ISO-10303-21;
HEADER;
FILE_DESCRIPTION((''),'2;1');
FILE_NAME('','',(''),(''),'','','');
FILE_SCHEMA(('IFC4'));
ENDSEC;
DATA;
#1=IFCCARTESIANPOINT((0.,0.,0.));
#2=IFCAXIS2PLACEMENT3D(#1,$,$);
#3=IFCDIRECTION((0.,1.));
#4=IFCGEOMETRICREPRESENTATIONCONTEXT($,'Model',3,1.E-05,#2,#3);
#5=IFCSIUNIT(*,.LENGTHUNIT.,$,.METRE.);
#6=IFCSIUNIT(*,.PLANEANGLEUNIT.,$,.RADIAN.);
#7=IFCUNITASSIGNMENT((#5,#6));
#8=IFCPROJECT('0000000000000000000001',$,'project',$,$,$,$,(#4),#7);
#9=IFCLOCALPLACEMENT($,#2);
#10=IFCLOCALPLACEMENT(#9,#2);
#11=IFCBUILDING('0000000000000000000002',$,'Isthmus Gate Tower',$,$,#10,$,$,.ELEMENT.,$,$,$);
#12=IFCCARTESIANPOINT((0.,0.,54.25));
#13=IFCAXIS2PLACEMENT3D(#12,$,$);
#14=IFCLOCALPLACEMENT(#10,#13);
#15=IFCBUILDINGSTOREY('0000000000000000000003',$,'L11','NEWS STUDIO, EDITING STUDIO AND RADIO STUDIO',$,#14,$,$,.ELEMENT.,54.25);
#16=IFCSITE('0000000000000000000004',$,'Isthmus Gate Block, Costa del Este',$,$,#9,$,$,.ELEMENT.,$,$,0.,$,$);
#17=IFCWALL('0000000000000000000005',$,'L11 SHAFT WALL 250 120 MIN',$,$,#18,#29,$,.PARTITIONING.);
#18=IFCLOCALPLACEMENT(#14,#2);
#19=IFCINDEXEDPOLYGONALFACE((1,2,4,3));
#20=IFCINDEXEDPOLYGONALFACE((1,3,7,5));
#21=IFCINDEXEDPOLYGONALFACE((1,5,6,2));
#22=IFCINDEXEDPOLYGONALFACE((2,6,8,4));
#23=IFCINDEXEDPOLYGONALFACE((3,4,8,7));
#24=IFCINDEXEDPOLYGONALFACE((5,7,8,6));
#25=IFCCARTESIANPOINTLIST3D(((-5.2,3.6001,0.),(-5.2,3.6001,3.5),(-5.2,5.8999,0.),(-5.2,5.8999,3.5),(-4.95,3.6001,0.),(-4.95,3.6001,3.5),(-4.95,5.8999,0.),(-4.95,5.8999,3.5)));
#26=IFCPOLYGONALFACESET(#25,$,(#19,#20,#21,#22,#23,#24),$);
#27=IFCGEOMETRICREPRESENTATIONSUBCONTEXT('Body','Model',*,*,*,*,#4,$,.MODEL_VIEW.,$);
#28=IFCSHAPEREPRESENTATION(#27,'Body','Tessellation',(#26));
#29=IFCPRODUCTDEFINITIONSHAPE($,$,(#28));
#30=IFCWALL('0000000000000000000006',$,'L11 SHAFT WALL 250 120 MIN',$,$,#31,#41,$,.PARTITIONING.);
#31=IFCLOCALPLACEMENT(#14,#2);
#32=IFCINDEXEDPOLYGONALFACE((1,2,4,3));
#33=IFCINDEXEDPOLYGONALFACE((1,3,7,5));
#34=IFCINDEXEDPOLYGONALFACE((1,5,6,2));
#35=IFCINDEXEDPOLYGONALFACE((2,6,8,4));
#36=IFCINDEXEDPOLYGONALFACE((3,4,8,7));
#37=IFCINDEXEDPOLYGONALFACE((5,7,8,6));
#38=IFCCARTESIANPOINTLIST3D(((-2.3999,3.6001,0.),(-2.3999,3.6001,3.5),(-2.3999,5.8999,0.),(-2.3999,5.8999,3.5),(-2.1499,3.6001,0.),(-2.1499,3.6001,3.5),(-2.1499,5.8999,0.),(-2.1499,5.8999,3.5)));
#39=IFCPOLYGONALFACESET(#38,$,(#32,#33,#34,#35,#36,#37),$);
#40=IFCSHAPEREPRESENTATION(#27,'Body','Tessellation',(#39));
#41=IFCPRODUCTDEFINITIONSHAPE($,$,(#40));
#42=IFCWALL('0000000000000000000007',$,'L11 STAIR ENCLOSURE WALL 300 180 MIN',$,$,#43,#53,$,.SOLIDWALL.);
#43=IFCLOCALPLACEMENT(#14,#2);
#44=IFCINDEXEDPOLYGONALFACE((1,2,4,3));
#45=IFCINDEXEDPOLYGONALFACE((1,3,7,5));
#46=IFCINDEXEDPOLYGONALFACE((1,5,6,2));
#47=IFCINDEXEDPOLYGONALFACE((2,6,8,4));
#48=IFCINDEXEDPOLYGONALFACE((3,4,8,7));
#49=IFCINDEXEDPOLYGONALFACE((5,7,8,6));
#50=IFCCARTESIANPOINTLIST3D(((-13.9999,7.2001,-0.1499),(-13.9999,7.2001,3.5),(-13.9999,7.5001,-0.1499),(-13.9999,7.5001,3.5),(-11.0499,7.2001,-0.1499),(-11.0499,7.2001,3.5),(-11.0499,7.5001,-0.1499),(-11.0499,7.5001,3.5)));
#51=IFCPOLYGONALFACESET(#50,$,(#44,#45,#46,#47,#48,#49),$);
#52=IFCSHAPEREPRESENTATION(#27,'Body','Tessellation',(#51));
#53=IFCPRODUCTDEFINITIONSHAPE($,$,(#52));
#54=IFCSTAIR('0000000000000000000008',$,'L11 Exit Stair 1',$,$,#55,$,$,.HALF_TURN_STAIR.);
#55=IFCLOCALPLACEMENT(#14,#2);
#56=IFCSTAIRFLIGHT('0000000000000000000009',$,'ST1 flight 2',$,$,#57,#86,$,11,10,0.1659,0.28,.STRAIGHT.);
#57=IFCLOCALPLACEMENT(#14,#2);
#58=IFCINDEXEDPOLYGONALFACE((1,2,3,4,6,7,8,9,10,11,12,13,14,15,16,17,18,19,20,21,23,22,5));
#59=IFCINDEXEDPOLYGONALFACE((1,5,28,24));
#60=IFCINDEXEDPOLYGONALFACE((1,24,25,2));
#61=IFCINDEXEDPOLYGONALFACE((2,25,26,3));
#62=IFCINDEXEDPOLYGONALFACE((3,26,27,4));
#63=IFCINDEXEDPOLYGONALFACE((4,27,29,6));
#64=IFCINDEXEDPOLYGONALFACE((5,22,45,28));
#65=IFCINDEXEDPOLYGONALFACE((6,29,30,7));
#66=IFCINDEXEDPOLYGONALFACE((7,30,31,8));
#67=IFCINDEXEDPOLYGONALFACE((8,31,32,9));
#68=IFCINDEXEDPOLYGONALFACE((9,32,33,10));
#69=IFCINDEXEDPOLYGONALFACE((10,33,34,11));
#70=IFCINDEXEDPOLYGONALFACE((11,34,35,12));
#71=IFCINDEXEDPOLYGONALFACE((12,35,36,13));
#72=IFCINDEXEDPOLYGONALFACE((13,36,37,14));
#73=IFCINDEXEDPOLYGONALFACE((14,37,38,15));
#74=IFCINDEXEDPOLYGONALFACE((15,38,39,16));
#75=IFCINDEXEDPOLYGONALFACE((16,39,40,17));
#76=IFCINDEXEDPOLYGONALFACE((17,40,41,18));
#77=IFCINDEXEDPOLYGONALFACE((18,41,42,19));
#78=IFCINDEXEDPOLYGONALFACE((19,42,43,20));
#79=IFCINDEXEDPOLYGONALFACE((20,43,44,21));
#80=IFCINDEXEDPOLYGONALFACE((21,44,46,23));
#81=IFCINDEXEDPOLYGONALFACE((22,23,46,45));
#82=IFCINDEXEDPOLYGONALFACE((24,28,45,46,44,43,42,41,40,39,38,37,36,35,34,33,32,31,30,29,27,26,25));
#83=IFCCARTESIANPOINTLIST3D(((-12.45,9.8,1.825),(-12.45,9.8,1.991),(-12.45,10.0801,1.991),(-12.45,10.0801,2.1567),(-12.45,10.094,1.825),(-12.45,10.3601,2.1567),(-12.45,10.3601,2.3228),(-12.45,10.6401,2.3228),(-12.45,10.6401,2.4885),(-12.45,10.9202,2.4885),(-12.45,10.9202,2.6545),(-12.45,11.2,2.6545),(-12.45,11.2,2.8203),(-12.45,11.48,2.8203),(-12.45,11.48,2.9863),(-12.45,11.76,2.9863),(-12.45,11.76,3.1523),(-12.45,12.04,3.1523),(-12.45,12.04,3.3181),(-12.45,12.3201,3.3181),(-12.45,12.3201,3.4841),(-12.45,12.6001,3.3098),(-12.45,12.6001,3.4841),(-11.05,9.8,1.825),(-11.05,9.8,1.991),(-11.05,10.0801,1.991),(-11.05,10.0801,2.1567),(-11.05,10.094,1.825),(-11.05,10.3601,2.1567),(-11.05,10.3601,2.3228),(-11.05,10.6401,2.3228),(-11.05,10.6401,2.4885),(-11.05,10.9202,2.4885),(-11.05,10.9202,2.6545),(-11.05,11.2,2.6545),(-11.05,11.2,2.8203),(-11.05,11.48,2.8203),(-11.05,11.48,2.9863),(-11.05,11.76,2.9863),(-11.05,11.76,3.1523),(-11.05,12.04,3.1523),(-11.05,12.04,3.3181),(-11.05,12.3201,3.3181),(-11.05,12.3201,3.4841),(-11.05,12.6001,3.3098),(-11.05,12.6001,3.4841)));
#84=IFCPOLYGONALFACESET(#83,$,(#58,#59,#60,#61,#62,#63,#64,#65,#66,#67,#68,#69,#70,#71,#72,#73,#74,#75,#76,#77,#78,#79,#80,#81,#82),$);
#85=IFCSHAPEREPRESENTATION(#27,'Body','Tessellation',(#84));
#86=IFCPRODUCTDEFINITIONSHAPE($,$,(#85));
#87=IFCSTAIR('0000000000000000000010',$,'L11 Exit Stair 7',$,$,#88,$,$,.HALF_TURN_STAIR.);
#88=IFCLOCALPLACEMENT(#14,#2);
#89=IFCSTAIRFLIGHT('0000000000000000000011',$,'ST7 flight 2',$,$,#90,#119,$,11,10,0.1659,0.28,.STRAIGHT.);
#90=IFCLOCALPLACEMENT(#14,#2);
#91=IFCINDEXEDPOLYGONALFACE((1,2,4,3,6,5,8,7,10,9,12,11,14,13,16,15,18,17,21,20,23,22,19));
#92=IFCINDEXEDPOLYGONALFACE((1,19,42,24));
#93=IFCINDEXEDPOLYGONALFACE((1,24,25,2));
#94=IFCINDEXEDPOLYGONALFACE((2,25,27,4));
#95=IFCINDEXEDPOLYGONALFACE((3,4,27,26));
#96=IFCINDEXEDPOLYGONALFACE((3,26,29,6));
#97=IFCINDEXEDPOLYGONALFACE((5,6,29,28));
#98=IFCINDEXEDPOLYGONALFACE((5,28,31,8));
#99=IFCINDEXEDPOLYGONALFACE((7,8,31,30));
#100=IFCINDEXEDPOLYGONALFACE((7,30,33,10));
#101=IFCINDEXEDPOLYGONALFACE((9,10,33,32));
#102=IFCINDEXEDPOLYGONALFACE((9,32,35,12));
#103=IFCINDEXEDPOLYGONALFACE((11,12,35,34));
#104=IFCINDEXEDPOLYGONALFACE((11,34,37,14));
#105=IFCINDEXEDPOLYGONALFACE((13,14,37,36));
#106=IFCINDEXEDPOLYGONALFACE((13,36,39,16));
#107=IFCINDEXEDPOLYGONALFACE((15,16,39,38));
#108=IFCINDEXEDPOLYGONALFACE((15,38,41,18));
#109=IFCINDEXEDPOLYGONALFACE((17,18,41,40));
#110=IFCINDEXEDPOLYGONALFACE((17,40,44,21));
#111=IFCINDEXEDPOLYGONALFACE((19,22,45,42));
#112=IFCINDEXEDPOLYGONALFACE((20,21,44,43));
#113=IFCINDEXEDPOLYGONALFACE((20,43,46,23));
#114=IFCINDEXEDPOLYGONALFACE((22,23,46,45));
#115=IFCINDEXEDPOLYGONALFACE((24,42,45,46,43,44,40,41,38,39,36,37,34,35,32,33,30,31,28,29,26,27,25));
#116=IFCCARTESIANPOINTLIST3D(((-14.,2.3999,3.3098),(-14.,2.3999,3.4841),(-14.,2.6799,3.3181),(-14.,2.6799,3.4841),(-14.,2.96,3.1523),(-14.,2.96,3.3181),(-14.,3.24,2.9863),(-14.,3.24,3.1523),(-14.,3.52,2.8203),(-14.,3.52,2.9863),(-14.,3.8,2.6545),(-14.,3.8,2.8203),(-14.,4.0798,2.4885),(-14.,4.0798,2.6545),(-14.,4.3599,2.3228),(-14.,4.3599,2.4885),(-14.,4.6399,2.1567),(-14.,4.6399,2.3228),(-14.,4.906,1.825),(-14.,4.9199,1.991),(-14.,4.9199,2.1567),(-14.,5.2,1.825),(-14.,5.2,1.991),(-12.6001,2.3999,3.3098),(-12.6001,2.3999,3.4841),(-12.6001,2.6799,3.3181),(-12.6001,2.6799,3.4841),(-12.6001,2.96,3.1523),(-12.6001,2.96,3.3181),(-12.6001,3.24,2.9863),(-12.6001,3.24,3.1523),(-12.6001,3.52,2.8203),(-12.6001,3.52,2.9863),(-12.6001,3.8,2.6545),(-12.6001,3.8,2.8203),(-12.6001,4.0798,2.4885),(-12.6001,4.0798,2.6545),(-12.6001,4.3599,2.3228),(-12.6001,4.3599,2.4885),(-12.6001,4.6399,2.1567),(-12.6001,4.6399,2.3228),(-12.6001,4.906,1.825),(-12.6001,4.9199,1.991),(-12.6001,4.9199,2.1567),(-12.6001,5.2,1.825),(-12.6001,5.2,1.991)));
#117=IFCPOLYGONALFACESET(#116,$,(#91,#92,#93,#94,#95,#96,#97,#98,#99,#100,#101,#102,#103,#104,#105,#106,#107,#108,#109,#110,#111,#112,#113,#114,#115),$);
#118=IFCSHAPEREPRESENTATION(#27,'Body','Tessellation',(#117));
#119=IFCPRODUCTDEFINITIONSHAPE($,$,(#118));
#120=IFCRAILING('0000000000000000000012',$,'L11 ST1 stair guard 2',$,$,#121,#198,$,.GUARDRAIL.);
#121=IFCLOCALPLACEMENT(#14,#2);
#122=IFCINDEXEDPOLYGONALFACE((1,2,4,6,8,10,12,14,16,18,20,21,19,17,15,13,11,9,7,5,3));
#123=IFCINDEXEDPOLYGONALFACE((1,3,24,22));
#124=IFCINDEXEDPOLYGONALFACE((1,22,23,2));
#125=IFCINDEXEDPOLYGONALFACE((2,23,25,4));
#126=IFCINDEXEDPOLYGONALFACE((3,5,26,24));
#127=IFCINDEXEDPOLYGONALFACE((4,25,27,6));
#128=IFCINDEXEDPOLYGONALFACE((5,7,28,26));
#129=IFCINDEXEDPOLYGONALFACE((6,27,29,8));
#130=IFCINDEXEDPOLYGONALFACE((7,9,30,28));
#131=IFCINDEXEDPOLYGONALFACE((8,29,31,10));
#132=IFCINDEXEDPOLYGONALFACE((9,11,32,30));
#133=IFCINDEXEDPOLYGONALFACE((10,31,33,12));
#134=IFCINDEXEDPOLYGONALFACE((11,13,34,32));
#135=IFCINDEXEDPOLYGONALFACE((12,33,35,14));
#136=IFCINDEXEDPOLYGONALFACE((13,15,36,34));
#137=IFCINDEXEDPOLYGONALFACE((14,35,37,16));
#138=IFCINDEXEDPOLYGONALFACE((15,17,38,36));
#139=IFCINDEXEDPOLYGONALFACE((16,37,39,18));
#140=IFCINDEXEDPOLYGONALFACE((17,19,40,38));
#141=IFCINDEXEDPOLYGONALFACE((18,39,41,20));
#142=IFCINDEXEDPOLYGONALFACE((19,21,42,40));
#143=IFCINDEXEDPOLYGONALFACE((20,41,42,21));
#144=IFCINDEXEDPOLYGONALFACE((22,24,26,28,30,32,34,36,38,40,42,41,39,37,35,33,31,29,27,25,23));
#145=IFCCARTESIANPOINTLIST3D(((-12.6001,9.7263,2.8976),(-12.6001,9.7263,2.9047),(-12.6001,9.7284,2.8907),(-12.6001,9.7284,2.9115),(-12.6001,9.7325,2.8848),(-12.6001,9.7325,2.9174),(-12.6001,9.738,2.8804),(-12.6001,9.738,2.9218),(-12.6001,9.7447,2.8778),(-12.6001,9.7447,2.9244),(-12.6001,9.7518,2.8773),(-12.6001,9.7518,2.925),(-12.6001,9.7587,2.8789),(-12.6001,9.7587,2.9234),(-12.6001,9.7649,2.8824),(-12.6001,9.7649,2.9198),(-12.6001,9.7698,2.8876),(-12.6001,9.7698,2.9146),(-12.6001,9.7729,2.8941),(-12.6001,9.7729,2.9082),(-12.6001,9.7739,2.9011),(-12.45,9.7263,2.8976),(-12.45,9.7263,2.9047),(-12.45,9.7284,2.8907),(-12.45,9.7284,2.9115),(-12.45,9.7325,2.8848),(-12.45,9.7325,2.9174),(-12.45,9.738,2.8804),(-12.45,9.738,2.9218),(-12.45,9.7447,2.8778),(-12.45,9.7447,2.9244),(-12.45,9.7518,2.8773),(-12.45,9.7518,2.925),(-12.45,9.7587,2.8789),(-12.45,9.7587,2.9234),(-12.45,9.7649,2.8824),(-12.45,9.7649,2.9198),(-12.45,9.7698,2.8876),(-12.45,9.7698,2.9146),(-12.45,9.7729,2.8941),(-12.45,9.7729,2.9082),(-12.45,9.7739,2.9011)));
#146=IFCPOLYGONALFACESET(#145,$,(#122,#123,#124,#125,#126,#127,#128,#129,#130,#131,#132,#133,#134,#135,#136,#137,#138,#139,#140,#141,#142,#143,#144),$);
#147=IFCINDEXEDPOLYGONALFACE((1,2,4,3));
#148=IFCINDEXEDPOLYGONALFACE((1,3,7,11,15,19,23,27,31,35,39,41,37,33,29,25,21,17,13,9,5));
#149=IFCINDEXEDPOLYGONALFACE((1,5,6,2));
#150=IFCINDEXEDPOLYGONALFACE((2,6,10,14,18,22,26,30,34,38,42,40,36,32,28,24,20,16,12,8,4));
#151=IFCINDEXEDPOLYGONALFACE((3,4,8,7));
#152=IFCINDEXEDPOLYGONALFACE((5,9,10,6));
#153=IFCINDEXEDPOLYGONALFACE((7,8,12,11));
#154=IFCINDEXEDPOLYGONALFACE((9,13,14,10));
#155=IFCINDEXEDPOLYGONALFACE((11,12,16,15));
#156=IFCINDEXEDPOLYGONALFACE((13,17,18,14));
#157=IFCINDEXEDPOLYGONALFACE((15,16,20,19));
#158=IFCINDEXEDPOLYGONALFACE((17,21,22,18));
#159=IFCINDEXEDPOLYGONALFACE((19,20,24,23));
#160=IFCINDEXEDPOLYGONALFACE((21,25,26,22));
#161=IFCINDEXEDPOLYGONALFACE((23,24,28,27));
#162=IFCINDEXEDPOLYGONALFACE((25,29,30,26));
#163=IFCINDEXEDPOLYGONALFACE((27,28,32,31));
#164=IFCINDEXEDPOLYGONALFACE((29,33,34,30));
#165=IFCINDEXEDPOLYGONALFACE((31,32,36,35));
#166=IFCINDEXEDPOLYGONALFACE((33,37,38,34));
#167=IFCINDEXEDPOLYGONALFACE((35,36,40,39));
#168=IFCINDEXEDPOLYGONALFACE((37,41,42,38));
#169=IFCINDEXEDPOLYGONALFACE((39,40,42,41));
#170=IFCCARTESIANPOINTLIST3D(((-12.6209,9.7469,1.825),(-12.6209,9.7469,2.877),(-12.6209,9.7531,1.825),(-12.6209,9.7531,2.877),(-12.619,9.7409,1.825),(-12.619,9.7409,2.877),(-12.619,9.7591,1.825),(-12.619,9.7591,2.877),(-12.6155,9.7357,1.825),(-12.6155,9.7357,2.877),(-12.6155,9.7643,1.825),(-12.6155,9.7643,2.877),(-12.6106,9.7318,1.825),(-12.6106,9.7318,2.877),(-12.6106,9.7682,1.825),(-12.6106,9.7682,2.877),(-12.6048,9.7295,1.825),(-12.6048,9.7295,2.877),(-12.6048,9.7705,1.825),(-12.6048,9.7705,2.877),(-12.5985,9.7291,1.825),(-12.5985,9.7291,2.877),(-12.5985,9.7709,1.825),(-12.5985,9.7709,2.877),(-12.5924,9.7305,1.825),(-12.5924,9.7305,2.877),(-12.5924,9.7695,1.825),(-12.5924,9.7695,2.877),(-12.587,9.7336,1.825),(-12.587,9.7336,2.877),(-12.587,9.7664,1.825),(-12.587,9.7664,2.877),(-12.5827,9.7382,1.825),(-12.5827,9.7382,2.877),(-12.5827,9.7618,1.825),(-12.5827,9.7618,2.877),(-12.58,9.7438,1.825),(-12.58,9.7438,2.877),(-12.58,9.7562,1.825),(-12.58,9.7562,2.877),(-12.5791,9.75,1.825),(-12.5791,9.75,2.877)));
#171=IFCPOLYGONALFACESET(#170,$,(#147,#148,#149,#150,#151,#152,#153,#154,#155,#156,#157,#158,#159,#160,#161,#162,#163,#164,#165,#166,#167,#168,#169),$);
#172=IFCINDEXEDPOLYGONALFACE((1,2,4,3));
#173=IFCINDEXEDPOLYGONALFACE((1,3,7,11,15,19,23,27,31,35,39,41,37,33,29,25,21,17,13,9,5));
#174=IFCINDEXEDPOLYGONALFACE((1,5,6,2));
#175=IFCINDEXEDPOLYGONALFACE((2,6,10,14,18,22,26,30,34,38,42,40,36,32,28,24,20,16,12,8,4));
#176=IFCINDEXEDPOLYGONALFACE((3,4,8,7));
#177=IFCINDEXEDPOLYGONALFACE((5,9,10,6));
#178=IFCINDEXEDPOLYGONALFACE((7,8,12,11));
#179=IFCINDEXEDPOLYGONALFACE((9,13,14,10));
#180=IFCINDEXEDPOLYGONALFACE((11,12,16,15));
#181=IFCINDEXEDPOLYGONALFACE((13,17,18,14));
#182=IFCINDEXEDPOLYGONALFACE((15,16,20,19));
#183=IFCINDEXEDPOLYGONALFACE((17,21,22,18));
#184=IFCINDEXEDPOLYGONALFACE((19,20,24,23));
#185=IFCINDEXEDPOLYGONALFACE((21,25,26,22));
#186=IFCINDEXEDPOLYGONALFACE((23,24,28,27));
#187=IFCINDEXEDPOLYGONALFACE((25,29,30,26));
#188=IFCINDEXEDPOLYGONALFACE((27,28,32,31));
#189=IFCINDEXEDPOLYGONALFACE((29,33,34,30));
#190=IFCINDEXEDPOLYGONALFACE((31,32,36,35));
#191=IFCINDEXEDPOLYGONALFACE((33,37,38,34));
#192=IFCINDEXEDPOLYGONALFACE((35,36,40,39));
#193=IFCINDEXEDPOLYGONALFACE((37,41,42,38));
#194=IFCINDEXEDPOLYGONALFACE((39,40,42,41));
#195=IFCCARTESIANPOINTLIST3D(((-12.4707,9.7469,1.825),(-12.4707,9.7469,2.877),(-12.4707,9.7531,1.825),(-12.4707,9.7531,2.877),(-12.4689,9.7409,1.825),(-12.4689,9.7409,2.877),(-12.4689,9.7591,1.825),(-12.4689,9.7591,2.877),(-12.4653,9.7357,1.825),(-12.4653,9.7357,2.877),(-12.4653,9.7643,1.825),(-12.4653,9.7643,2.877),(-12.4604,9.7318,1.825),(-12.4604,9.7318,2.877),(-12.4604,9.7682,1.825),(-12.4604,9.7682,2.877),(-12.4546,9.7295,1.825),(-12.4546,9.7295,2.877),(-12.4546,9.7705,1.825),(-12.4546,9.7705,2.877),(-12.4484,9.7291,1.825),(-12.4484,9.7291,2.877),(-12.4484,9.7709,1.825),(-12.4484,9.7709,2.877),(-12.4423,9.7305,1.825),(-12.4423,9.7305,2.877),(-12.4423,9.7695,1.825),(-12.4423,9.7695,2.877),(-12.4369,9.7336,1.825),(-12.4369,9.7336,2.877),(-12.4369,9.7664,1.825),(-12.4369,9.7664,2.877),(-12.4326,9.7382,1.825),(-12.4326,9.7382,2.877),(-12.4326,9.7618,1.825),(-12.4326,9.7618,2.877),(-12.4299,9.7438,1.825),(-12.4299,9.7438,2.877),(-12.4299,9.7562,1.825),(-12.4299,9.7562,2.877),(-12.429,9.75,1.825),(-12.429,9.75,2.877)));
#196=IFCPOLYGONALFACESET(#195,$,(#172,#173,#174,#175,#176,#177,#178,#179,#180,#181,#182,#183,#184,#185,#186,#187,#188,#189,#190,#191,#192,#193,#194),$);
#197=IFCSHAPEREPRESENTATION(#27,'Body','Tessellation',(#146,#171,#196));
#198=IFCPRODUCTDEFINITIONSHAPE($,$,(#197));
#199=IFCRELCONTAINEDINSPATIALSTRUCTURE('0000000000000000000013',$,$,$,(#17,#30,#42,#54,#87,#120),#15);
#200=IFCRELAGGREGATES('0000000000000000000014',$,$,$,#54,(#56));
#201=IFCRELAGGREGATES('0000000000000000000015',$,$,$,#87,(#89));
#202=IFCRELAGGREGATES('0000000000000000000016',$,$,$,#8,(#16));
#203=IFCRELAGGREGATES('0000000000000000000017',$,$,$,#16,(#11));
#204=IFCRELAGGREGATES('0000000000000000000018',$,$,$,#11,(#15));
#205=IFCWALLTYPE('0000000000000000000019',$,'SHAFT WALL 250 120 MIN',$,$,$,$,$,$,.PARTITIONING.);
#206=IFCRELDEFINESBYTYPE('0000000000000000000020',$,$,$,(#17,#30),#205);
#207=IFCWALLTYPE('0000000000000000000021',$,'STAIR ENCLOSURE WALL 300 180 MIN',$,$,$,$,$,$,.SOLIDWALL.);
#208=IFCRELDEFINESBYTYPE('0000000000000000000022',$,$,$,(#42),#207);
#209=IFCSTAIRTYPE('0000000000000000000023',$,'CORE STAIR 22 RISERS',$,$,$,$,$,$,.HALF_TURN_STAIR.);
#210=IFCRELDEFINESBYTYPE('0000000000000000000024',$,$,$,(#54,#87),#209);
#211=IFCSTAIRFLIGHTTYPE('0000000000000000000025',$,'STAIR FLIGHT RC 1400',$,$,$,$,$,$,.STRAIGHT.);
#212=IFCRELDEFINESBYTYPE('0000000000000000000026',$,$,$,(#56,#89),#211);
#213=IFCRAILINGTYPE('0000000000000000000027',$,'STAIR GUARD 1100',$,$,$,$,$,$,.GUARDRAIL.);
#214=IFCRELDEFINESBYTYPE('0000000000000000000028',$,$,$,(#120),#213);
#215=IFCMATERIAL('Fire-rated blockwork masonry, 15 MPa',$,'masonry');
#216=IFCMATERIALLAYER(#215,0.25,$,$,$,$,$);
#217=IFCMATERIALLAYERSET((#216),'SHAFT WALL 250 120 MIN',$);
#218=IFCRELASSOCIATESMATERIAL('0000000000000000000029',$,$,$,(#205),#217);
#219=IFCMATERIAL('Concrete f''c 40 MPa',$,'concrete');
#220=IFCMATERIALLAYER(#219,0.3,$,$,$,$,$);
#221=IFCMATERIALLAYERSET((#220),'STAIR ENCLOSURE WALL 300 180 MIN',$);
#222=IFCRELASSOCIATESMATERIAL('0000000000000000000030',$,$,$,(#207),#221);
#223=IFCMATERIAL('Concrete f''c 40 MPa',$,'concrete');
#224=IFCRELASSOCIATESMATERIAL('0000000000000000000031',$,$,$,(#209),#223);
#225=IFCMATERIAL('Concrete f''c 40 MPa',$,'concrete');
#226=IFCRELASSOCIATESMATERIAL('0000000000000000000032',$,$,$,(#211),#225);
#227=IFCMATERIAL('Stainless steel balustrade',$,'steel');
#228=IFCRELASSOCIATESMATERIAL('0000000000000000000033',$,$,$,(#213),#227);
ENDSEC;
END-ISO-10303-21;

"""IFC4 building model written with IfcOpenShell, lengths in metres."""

from ifc_helpers import new_model, si_unit, direction, frame, frame_2d, origin, origin_2d, place, context, subcontext, project, spatial, polyline, rectangle, circle, outline, extrude, material, layer, layer_set, type_object, element, aggregate, save


model = new_model("IFC4")

# Units and contexts
model_context = context("Model", 3, precision=1e-05, world=origin(), true_north=direction((0.0, 1.0)))
body_context = subcontext(model_context, "Body", "Model", "MODEL_VIEW")
ifc_project = project(units=[si_unit("LENGTHUNIT", "METRE"), si_unit("PLANEANGLEUNIT", "RADIAN")], contexts=[model_context])

# Site, building, storey
site_placement = place(None, origin())
site = spatial("IfcSite", under=ifc_project, at=site_placement, Name="Isthmus Gate Block, Costa del Este", CompositionType="ELEMENT", RefElevation=0.0)
building_placement = place(site_placement, origin())
building = spatial("IfcBuilding", under=site, at=building_placement, Name="Isthmus Gate Tower", CompositionType="ELEMENT")
storey_placement = place(building_placement, frame((0.0, 0.0, 54.25)))
storey = spatial("IfcBuildingStorey", under=building, at=storey_placement, Name="L11", Description="NEWS STUDIO, EDITING STUDIO AND RADIO STUDIO", CompositionType="ELEMENT", Elevation=54.25)

# Walls
ifc_material_1 = material(Name="Fire-rated blockwork masonry, 15 MPa", Category="masonry")
ifc_layer_1 = layer(ifc_material_1, 0.25)
ifc_layer_set_1 = layer_set([ifc_layer_1], Name="SHAFT WALL 250 120 MIN")
wall_type_1 = type_object("IfcWallType", Name="SHAFT WALL 250 120 MIN", PredefinedType="PARTITIONING", material=ifc_layer_set_1)
for number, where, z_axis, x_axis, name in (
    (1, (-5.075, 3.6001, 0.0), (0.0, 0.0, 1.0), (0.0, 1.0, 0.0), "L11 SHAFT WALL 250 120 MIN"),
    (2, (-2.2749, 3.6001, 0.0), (0.0, 0.0, 1.0), (0.0, 1.0, 0.0), "L11 SHAFT WALL 250 120 MIN"),
):
    element("IfcWall", number, at=place(storey_placement, frame(where, z_axis=z_axis, x_axis=x_axis)), inside=storey, type_object=wall_type_1, Name=name, PredefinedType="PARTITIONING", context=body_context, shape_type="SweptSolid", body=[
        extrude(rectangle(XDim=2.2998, YDim=0.25, at=frame_2d((1.1499, 0.0))), origin(), (0.0, 0.0, 1.0), 3.5),
    ])
ifc_material_2 = material(Name="Concrete f'c 40 MPa", Category="concrete")
ifc_layer_2 = layer(ifc_material_2, 0.3)
ifc_layer_set_2 = layer_set([ifc_layer_2], Name="STAIR ENCLOSURE WALL 300 180 MIN")
wall_type_2 = type_object("IfcWallType", Name="STAIR ENCLOSURE WALL 300 180 MIN", PredefinedType="SOLIDWALL", material=ifc_layer_set_2)
wall_1_placement = place(storey_placement, frame((-14.0, 7.3501, -0.1499), z_axis=(0.0, 0.0, 1.0), x_axis=(1.0, 0.0, 0.0)))
element("IfcWall", 3, at=wall_1_placement, inside=storey, type_object=wall_type_2, Name="L11 STAIR ENCLOSURE WALL 300 180 MIN", PredefinedType="SOLIDWALL", context=body_context, shape_type="SweptSolid", body=[
    extrude(rectangle(XDim=2.95, YDim=0.3, at=frame_2d((1.4751, 0.0))), origin(), (0.0, 0.0, 1.0), 3.6499),
])

# Stairs, stair flights
ifc_material_3 = material(Name="Concrete f'c 40 MPa", Category="concrete")
stair_type = type_object("IfcStairType", Name="CORE STAIR 22 RISERS", PredefinedType="HALF_TURN_STAIR", material=ifc_material_3)
stair_1_placement = place(storey_placement, origin())
stair_1 = element("IfcStair", 4, at=stair_1_placement, inside=storey, type_object=stair_type, Name="L11 Exit Stair 1", PredefinedType="HALF_TURN_STAIR")
ifc_material_4 = material(Name="Concrete f'c 40 MPa", Category="concrete")
stair_flight_type = type_object("IfcStairFlightType", Name="STAIR FLIGHT RC 1400", PredefinedType="STRAIGHT", material=ifc_material_4)
stair_flight_1_placement = place(storey_placement, frame((-11.75, 9.8, 1.825), z_axis=(0.0, 0.0, 1.0), x_axis=(0.0, 1.0, 0.0)))
stair_flight_1 = element("IfcStairFlight", 5, at=stair_flight_1_placement, type_object=stair_flight_type, Name="ST1 flight 2", NumberOfRisers=11, NumberOfTreads=10, PredefinedType="STRAIGHT", RiserHeight=0.1659, TreadLength=0.28, context=body_context, shape_type="SweptSolid", body=[
    extrude(outline(polyline([(0.0, 0.0), (0.0, 0.166), (0.28, 0.166), (0.28, 0.3318), (0.5601, 0.3318), (0.5601, 0.4978), (0.8401, 0.4978), (0.8401, 0.6636), (1.1201, 0.6636), (1.1201, 0.8296), (1.3999, 0.8296), (1.3999, 0.9954), (1.6799, 0.9954), (1.6799, 1.1614), (1.96, 1.1614), (1.96, 1.3274), (2.24, 1.3274), (2.24, 1.4932), (2.52, 1.4932), (2.52, 1.6592), (2.8, 1.6592), (2.8, 1.825), (2.8, 1.4849), (0.2939, 0.0), (0.0, 0.0)])), frame((0.0, 0.7, 0.0), z_axis=(0.0, -1.0, 0.0), x_axis=(1.0, 0.0, 0.0)), (0.0, 0.0, 1.0), 1.3999),
])
aggregate(stair_1, [stair_flight_1])
stair_2_placement = place(storey_placement, origin())
stair_2 = element("IfcStair", 6, at=stair_2_placement, inside=storey, type_object=stair_type, Name="L11 Exit Stair 7", PredefinedType="HALF_TURN_STAIR")
stair_flight_2_placement = place(storey_placement, frame((-13.3, 5.2, 1.825), z_axis=(0.0, 0.0, 1.0), x_axis=(0.0, -1.0, 0.0)))
stair_flight_2 = element("IfcStairFlight", 7, at=stair_flight_2_placement, type_object=stair_flight_type, Name="ST7 flight 2", NumberOfRisers=11, NumberOfTreads=10, PredefinedType="STRAIGHT", RiserHeight=0.1659, TreadLength=0.28, context=body_context, shape_type="SweptSolid", body=[
    extrude(outline(polyline([(0.0, 0.0), (0.0, 0.166), (0.28, 0.166), (0.28, 0.3318), (0.5601, 0.3318), (0.5601, 0.4978), (0.8401, 0.4978), (0.8401, 0.6636), (1.1201, 0.6636), (1.1201, 0.8296), (1.3999, 0.8296), (1.3999, 0.9954), (1.6799, 0.9954), (1.6799, 1.1614), (1.96, 1.1614), (1.96, 1.3274), (2.24, 1.3274), (2.24, 1.4932), (2.52, 1.4932), (2.52, 1.6592), (2.8, 1.6592), (2.8, 1.825), (2.8, 1.4849), (0.2939, 0.0), (0.0, 0.0)])), frame((0.0, 0.7, 0.0), z_axis=(0.0, -1.0, 0.0), x_axis=(1.0, 0.0, 0.0)), (0.0, 0.0, 1.0), 1.3999),
])
aggregate(stair_2, [stair_flight_2])

# Railing
ifc_material_5 = material(Name="Stainless steel balustrade", Category="steel")
railing_type_1 = type_object("IfcRailingType", Name="STAIR GUARD 1100", PredefinedType="GUARDRAIL", material=ifc_material_5)
railing_1_placement = place(storey_placement, frame((-12.6001, 9.75, 1.825)))
element("IfcRailing", 8, at=railing_1_placement, inside=storey, type_object=railing_type_1, Name="L11 ST1 stair guard 2", PredefinedType="GUARDRAIL", context=body_context, shape_type="SweptSolid", body=[
    extrude(circle(Radius=0.0239, at=origin_2d()), frame((0.0, 0.0, 1.0762), z_axis=(1.0, 0.0, 0.0), x_axis=(0.0, 1.0, 0.0)), (0.0, 0.0, 1.0), 0.1501),
    extrude(circle(Radius=0.021, at=origin_2d()), origin(), (0.0, 0.0, 1.0), 1.052),
    extrude(circle(Radius=0.021, at=origin_2d()), frame((0.1501, 0.0, 0.0)), (0.0, 0.0, 1.0), 1.052),
])

save(model, "model.ifc")
